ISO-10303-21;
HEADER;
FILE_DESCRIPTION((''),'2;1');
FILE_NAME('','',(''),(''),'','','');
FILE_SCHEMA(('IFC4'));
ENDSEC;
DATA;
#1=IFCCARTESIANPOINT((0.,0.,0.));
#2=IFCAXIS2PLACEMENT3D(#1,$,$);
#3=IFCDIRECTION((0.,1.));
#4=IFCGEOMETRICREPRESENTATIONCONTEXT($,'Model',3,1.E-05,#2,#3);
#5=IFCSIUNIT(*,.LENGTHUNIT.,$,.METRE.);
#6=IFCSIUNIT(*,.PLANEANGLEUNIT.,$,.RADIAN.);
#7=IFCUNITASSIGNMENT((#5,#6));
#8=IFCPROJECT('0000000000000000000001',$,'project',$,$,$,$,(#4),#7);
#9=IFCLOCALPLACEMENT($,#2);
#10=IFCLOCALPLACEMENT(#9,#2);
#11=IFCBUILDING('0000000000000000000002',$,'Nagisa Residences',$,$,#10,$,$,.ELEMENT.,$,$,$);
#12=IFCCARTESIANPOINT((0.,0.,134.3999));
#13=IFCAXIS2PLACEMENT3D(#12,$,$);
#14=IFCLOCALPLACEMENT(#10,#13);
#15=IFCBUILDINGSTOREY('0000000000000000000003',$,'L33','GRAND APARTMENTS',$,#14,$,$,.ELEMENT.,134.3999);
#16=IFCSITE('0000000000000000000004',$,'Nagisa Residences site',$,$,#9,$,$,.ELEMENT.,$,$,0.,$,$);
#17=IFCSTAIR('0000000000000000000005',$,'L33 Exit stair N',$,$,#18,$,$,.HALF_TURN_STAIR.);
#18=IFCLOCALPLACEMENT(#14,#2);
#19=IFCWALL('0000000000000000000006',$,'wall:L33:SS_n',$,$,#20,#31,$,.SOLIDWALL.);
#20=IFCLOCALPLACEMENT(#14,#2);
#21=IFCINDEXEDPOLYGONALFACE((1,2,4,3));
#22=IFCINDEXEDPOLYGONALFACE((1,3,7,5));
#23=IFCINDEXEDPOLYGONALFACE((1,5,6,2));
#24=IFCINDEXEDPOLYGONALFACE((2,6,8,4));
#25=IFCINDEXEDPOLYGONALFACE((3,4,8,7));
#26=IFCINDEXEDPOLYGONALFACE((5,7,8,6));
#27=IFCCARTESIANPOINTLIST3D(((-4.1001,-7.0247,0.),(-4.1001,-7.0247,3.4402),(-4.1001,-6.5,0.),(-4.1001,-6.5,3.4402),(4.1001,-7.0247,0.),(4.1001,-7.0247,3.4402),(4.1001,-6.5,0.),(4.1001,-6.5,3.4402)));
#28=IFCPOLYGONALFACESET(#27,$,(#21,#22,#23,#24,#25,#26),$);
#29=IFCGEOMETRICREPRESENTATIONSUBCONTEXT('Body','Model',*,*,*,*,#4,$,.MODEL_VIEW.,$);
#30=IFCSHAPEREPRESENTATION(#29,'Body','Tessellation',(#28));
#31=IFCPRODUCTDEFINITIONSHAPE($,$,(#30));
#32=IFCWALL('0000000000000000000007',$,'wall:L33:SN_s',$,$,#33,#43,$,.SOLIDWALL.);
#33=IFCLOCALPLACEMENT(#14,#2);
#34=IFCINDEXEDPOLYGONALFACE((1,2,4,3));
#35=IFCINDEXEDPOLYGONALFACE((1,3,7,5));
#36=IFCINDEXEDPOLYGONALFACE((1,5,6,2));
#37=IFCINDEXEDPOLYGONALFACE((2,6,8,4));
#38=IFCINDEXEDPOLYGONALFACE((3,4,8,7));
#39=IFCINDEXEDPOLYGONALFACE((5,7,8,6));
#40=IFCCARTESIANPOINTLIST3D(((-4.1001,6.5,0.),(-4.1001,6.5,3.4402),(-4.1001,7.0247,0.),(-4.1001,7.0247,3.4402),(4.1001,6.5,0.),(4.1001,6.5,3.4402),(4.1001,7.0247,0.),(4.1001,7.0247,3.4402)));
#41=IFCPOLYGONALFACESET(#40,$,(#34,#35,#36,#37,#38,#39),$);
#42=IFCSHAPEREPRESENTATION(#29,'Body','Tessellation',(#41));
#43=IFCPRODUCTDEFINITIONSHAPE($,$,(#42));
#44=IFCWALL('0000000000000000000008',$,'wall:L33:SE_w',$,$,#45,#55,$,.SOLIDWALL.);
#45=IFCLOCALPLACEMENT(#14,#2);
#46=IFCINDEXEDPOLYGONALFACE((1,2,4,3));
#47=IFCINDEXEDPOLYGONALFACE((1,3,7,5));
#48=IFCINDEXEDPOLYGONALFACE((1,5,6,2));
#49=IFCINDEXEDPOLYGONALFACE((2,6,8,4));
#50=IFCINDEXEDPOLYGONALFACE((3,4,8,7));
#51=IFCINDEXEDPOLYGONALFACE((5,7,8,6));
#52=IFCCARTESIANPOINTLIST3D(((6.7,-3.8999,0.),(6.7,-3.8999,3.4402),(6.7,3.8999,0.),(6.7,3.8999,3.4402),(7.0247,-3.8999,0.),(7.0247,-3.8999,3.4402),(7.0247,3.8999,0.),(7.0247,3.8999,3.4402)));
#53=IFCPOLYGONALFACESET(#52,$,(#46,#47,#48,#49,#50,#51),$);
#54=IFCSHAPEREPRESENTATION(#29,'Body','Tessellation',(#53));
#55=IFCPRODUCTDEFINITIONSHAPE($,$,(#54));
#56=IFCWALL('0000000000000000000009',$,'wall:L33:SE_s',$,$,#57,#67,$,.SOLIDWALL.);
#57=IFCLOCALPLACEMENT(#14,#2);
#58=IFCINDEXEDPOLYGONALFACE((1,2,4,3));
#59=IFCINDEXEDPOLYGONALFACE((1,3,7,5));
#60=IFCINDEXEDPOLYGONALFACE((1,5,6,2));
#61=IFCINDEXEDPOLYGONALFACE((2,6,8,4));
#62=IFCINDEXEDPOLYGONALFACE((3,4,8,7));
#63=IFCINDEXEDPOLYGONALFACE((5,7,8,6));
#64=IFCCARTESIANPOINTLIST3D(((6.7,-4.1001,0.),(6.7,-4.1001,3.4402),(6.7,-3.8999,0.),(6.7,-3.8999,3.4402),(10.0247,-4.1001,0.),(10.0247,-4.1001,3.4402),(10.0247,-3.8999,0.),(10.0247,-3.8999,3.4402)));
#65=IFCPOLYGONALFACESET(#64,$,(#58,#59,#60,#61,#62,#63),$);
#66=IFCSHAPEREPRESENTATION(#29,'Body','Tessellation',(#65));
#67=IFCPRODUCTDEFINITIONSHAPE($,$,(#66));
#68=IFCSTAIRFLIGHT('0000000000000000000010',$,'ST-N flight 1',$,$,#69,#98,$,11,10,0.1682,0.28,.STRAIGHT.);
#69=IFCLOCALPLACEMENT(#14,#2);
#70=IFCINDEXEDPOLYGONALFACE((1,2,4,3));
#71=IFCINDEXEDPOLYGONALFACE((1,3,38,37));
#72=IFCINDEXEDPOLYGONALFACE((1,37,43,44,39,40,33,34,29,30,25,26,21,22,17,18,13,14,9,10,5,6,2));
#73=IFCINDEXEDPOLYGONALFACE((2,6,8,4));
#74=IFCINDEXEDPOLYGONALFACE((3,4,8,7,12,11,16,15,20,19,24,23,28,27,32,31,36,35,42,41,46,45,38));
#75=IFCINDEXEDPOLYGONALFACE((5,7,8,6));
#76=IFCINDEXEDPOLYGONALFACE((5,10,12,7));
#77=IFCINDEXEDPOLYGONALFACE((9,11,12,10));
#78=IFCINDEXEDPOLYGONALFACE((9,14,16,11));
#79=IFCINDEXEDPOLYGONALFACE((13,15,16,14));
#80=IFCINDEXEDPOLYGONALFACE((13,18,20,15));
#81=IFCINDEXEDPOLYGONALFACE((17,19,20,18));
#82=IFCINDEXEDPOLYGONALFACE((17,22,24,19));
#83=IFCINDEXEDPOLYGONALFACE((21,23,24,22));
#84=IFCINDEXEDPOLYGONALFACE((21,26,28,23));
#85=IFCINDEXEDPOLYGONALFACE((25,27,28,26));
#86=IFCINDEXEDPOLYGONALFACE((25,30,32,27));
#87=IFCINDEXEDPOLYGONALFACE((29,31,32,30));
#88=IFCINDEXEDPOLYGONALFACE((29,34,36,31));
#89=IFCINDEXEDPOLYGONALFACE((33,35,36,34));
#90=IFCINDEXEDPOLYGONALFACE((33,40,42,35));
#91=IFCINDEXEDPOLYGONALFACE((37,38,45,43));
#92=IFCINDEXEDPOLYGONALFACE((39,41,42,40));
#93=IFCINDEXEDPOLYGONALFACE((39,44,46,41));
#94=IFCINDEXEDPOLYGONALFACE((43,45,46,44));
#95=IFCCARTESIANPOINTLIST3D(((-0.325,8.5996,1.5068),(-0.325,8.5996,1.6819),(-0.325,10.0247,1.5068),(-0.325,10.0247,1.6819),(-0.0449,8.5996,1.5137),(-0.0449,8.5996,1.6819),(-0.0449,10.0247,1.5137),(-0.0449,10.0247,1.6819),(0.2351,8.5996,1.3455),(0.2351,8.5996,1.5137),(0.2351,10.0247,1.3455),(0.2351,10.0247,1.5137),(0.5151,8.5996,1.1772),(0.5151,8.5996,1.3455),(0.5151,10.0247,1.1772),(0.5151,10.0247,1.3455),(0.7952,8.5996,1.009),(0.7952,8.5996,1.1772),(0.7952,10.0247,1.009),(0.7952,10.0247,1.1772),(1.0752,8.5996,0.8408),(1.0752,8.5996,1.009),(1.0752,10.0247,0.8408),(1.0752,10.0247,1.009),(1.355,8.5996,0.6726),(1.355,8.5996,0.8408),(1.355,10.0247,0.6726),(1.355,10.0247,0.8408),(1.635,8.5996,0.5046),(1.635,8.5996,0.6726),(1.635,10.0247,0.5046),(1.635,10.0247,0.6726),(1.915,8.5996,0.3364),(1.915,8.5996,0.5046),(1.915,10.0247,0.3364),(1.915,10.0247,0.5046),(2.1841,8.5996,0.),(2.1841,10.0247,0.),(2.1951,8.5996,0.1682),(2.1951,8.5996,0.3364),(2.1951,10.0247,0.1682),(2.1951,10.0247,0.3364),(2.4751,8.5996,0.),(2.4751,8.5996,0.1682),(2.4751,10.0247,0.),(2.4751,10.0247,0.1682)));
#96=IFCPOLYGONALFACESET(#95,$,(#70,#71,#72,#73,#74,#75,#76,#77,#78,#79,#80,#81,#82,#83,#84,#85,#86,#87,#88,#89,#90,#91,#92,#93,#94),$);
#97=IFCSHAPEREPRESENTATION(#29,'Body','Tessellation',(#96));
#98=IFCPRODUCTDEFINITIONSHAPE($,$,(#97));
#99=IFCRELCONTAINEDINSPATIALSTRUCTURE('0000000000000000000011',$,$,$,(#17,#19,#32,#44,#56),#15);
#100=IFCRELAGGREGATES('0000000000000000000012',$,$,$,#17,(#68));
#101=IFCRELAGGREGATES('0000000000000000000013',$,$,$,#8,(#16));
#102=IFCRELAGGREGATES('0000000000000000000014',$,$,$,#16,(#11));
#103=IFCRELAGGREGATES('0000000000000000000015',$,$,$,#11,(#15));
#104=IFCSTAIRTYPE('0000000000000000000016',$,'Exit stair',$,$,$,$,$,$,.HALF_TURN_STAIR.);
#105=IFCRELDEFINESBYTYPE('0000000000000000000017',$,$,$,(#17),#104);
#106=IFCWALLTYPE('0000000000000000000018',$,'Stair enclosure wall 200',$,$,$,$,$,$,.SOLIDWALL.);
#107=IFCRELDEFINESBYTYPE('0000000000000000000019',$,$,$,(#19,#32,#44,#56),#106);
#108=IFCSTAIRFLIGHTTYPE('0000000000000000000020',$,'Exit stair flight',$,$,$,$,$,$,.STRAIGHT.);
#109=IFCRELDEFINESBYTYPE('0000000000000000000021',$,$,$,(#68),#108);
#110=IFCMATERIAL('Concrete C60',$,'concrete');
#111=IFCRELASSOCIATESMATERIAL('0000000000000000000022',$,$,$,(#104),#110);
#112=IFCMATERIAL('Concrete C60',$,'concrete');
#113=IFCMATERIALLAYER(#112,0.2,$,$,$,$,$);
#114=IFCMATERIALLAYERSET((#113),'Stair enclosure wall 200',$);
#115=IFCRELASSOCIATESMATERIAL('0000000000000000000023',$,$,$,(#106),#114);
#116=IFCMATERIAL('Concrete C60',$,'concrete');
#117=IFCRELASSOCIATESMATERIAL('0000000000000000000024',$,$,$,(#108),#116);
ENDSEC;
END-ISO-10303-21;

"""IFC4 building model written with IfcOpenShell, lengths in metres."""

from ifc_helpers import new_model, si_unit, direction, frame, origin, place, context, subcontext, project, spatial, polyline, outline, extrude, material, layer, layer_set, type_object, element, aggregate, save


model = new_model("IFC4")

# Units and contexts
model_context = context("Model", 3, precision=1e-05, world=origin(), true_north=direction((0.0, 1.0)))
body_context = subcontext(model_context, "Body", "Model", "MODEL_VIEW")
ifc_project = project(units=[si_unit("LENGTHUNIT", "METRE"), si_unit("PLANEANGLEUNIT", "RADIAN")], contexts=[model_context])

# Site, building, storey
site_placement = place(None, origin())
site = spatial("IfcSite", under=ifc_project, at=site_placement, Name="Nagisa Residences site", CompositionType="ELEMENT", RefElevation=0.0)
building_placement = place(site_placement, origin())
building = spatial("IfcBuilding", under=site, at=building_placement, Name="Nagisa Residences", CompositionType="ELEMENT")
storey_placement = place(building_placement, frame((0.0, 0.0, 134.3999)))
storey = spatial("IfcBuildingStorey", under=building, at=storey_placement, Name="L33", Description="GRAND APARTMENTS", CompositionType="ELEMENT", Elevation=134.3999)

# Stair
ifc_material_1 = material(Name="Concrete C60", Category="concrete")
stair_type = type_object("IfcStairType", Name="Exit stair", PredefinedType="HALF_TURN_STAIR", material=ifc_material_1)
stair_1_placement = place(storey_placement, origin())
stair_1 = element("IfcStair", 1, at=stair_1_placement, inside=storey, type_object=stair_type, Name="L33 Exit stair N", PredefinedType="HALF_TURN_STAIR")

# Shared definitions
ifc_material_2 = material(Name="Concrete C60", Category="concrete")
ifc_layer_1 = layer(ifc_material_2, 0.2)
ifc_layer_set_1 = layer_set([ifc_layer_1], Name="Stair enclosure wall 200")
wall_type_1 = type_object("IfcWallType", Name="Stair enclosure wall 200", PredefinedType="SOLIDWALL", material=ifc_layer_set_1)

# Walls
wall_1_placement = place(storey_placement, origin())
element("IfcWall", 2, at=wall_1_placement, inside=storey, type_object=wall_type_1, Name="wall:L33:SS_n", PredefinedType="SOLIDWALL", context=body_context, shape_type="SweptSolid", body=[
    extrude(outline(polyline([(4.1001, -7.0247), (-4.1001, -7.0247), (-4.1001, -6.5), (4.1001, -6.5), (4.1001, -7.0247)])), origin(), (0.0, 0.0, 1.0), 3.4402),
])
wall_2_placement = place(storey_placement, origin())
element("IfcWall", 3, at=wall_2_placement, inside=storey, type_object=wall_type_1, Name="wall:L33:SN_s", PredefinedType="SOLIDWALL", context=body_context, shape_type="SweptSolid", body=[
    extrude(outline(polyline([(4.1001, 6.5), (-4.1001, 6.5), (-4.1001, 7.0247), (4.1001, 7.0247), (4.1001, 6.5)])), origin(), (0.0, 0.0, 1.0), 3.4402),
])
wall_3_placement = place(storey_placement, origin())
element("IfcWall", 4, at=wall_3_placement, inside=storey, type_object=wall_type_1, Name="wall:L33:SE_w", PredefinedType="SOLIDWALL", context=body_context, shape_type="SweptSolid", body=[
    extrude(outline(polyline([(7.0247, -3.8999), (6.7, -3.8999), (6.7, 3.8999), (7.0247, 3.8999), (7.0247, -3.8999)])), origin(), (0.0, 0.0, 1.0), 3.4402),
])
wall_4_placement = place(storey_placement, origin())
element("IfcWall", 5, at=wall_4_placement, inside=storey, type_object=wall_type_1, Name="wall:L33:SE_s", PredefinedType="SOLIDWALL", context=body_context, shape_type="SweptSolid", body=[
    extrude(outline(polyline([(10.0247, -4.1001), (6.7, -4.1001), (6.7, -3.8999), (10.0247, -3.8999), (10.0247, -4.1001)])), origin(), (0.0, 0.0, 1.0), 3.4402),
])

# Stair flight
ifc_material_3 = material(Name="Concrete C60", Category="concrete")
stair_flight_type = type_object("IfcStairFlightType", Name="Exit stair flight", PredefinedType="STRAIGHT", material=ifc_material_3)
stair_flight_placement = place(storey_placement, frame((2.4751, 9.312, 0.0), z_axis=(0.0, 0.0, 1.0), x_axis=(-1.0, 0.0, 0.0)))
stair_flight = element("IfcStairFlight", 6, at=stair_flight_placement, type_object=stair_flight_type, Name="ST-N flight 1", NumberOfRisers=11, NumberOfTreads=10, PredefinedType="STRAIGHT", RiserHeight=0.1682, TreadLength=0.28, context=body_context, shape_type="SweptSolid", body=[
    extrude(outline(polyline([(0.0, 0.0), (0.0, 0.1682), (0.28, 0.1682), (0.28, 0.3364), (0.5601, 0.3364), (0.5601, 0.5046), (0.8401, 0.5046), (0.8401, 0.6726), (1.1201, 0.6726), (1.1201, 0.8408), (1.3999, 0.8408), (1.3999, 1.009), (1.6799, 1.009), (1.6799, 1.1772), (1.96, 1.1772), (1.96, 1.3455), (2.24, 1.3455), (2.24, 1.5137), (2.52, 1.5137), (2.52, 1.6819), (2.8, 1.6819), (2.8, 1.8501), (2.8, 1.5068), (0.291, 0.0), (0.0, 0.0)])), frame((0.0, 0.7124, 0.0), z_axis=(0.0, -1.0, 0.0), x_axis=(1.0, 0.0, 0.0)), (0.0, 0.0, 1.0), 1.425),
])
aggregate(stair_1, [stair_flight])

save(model, "model.ifc")
